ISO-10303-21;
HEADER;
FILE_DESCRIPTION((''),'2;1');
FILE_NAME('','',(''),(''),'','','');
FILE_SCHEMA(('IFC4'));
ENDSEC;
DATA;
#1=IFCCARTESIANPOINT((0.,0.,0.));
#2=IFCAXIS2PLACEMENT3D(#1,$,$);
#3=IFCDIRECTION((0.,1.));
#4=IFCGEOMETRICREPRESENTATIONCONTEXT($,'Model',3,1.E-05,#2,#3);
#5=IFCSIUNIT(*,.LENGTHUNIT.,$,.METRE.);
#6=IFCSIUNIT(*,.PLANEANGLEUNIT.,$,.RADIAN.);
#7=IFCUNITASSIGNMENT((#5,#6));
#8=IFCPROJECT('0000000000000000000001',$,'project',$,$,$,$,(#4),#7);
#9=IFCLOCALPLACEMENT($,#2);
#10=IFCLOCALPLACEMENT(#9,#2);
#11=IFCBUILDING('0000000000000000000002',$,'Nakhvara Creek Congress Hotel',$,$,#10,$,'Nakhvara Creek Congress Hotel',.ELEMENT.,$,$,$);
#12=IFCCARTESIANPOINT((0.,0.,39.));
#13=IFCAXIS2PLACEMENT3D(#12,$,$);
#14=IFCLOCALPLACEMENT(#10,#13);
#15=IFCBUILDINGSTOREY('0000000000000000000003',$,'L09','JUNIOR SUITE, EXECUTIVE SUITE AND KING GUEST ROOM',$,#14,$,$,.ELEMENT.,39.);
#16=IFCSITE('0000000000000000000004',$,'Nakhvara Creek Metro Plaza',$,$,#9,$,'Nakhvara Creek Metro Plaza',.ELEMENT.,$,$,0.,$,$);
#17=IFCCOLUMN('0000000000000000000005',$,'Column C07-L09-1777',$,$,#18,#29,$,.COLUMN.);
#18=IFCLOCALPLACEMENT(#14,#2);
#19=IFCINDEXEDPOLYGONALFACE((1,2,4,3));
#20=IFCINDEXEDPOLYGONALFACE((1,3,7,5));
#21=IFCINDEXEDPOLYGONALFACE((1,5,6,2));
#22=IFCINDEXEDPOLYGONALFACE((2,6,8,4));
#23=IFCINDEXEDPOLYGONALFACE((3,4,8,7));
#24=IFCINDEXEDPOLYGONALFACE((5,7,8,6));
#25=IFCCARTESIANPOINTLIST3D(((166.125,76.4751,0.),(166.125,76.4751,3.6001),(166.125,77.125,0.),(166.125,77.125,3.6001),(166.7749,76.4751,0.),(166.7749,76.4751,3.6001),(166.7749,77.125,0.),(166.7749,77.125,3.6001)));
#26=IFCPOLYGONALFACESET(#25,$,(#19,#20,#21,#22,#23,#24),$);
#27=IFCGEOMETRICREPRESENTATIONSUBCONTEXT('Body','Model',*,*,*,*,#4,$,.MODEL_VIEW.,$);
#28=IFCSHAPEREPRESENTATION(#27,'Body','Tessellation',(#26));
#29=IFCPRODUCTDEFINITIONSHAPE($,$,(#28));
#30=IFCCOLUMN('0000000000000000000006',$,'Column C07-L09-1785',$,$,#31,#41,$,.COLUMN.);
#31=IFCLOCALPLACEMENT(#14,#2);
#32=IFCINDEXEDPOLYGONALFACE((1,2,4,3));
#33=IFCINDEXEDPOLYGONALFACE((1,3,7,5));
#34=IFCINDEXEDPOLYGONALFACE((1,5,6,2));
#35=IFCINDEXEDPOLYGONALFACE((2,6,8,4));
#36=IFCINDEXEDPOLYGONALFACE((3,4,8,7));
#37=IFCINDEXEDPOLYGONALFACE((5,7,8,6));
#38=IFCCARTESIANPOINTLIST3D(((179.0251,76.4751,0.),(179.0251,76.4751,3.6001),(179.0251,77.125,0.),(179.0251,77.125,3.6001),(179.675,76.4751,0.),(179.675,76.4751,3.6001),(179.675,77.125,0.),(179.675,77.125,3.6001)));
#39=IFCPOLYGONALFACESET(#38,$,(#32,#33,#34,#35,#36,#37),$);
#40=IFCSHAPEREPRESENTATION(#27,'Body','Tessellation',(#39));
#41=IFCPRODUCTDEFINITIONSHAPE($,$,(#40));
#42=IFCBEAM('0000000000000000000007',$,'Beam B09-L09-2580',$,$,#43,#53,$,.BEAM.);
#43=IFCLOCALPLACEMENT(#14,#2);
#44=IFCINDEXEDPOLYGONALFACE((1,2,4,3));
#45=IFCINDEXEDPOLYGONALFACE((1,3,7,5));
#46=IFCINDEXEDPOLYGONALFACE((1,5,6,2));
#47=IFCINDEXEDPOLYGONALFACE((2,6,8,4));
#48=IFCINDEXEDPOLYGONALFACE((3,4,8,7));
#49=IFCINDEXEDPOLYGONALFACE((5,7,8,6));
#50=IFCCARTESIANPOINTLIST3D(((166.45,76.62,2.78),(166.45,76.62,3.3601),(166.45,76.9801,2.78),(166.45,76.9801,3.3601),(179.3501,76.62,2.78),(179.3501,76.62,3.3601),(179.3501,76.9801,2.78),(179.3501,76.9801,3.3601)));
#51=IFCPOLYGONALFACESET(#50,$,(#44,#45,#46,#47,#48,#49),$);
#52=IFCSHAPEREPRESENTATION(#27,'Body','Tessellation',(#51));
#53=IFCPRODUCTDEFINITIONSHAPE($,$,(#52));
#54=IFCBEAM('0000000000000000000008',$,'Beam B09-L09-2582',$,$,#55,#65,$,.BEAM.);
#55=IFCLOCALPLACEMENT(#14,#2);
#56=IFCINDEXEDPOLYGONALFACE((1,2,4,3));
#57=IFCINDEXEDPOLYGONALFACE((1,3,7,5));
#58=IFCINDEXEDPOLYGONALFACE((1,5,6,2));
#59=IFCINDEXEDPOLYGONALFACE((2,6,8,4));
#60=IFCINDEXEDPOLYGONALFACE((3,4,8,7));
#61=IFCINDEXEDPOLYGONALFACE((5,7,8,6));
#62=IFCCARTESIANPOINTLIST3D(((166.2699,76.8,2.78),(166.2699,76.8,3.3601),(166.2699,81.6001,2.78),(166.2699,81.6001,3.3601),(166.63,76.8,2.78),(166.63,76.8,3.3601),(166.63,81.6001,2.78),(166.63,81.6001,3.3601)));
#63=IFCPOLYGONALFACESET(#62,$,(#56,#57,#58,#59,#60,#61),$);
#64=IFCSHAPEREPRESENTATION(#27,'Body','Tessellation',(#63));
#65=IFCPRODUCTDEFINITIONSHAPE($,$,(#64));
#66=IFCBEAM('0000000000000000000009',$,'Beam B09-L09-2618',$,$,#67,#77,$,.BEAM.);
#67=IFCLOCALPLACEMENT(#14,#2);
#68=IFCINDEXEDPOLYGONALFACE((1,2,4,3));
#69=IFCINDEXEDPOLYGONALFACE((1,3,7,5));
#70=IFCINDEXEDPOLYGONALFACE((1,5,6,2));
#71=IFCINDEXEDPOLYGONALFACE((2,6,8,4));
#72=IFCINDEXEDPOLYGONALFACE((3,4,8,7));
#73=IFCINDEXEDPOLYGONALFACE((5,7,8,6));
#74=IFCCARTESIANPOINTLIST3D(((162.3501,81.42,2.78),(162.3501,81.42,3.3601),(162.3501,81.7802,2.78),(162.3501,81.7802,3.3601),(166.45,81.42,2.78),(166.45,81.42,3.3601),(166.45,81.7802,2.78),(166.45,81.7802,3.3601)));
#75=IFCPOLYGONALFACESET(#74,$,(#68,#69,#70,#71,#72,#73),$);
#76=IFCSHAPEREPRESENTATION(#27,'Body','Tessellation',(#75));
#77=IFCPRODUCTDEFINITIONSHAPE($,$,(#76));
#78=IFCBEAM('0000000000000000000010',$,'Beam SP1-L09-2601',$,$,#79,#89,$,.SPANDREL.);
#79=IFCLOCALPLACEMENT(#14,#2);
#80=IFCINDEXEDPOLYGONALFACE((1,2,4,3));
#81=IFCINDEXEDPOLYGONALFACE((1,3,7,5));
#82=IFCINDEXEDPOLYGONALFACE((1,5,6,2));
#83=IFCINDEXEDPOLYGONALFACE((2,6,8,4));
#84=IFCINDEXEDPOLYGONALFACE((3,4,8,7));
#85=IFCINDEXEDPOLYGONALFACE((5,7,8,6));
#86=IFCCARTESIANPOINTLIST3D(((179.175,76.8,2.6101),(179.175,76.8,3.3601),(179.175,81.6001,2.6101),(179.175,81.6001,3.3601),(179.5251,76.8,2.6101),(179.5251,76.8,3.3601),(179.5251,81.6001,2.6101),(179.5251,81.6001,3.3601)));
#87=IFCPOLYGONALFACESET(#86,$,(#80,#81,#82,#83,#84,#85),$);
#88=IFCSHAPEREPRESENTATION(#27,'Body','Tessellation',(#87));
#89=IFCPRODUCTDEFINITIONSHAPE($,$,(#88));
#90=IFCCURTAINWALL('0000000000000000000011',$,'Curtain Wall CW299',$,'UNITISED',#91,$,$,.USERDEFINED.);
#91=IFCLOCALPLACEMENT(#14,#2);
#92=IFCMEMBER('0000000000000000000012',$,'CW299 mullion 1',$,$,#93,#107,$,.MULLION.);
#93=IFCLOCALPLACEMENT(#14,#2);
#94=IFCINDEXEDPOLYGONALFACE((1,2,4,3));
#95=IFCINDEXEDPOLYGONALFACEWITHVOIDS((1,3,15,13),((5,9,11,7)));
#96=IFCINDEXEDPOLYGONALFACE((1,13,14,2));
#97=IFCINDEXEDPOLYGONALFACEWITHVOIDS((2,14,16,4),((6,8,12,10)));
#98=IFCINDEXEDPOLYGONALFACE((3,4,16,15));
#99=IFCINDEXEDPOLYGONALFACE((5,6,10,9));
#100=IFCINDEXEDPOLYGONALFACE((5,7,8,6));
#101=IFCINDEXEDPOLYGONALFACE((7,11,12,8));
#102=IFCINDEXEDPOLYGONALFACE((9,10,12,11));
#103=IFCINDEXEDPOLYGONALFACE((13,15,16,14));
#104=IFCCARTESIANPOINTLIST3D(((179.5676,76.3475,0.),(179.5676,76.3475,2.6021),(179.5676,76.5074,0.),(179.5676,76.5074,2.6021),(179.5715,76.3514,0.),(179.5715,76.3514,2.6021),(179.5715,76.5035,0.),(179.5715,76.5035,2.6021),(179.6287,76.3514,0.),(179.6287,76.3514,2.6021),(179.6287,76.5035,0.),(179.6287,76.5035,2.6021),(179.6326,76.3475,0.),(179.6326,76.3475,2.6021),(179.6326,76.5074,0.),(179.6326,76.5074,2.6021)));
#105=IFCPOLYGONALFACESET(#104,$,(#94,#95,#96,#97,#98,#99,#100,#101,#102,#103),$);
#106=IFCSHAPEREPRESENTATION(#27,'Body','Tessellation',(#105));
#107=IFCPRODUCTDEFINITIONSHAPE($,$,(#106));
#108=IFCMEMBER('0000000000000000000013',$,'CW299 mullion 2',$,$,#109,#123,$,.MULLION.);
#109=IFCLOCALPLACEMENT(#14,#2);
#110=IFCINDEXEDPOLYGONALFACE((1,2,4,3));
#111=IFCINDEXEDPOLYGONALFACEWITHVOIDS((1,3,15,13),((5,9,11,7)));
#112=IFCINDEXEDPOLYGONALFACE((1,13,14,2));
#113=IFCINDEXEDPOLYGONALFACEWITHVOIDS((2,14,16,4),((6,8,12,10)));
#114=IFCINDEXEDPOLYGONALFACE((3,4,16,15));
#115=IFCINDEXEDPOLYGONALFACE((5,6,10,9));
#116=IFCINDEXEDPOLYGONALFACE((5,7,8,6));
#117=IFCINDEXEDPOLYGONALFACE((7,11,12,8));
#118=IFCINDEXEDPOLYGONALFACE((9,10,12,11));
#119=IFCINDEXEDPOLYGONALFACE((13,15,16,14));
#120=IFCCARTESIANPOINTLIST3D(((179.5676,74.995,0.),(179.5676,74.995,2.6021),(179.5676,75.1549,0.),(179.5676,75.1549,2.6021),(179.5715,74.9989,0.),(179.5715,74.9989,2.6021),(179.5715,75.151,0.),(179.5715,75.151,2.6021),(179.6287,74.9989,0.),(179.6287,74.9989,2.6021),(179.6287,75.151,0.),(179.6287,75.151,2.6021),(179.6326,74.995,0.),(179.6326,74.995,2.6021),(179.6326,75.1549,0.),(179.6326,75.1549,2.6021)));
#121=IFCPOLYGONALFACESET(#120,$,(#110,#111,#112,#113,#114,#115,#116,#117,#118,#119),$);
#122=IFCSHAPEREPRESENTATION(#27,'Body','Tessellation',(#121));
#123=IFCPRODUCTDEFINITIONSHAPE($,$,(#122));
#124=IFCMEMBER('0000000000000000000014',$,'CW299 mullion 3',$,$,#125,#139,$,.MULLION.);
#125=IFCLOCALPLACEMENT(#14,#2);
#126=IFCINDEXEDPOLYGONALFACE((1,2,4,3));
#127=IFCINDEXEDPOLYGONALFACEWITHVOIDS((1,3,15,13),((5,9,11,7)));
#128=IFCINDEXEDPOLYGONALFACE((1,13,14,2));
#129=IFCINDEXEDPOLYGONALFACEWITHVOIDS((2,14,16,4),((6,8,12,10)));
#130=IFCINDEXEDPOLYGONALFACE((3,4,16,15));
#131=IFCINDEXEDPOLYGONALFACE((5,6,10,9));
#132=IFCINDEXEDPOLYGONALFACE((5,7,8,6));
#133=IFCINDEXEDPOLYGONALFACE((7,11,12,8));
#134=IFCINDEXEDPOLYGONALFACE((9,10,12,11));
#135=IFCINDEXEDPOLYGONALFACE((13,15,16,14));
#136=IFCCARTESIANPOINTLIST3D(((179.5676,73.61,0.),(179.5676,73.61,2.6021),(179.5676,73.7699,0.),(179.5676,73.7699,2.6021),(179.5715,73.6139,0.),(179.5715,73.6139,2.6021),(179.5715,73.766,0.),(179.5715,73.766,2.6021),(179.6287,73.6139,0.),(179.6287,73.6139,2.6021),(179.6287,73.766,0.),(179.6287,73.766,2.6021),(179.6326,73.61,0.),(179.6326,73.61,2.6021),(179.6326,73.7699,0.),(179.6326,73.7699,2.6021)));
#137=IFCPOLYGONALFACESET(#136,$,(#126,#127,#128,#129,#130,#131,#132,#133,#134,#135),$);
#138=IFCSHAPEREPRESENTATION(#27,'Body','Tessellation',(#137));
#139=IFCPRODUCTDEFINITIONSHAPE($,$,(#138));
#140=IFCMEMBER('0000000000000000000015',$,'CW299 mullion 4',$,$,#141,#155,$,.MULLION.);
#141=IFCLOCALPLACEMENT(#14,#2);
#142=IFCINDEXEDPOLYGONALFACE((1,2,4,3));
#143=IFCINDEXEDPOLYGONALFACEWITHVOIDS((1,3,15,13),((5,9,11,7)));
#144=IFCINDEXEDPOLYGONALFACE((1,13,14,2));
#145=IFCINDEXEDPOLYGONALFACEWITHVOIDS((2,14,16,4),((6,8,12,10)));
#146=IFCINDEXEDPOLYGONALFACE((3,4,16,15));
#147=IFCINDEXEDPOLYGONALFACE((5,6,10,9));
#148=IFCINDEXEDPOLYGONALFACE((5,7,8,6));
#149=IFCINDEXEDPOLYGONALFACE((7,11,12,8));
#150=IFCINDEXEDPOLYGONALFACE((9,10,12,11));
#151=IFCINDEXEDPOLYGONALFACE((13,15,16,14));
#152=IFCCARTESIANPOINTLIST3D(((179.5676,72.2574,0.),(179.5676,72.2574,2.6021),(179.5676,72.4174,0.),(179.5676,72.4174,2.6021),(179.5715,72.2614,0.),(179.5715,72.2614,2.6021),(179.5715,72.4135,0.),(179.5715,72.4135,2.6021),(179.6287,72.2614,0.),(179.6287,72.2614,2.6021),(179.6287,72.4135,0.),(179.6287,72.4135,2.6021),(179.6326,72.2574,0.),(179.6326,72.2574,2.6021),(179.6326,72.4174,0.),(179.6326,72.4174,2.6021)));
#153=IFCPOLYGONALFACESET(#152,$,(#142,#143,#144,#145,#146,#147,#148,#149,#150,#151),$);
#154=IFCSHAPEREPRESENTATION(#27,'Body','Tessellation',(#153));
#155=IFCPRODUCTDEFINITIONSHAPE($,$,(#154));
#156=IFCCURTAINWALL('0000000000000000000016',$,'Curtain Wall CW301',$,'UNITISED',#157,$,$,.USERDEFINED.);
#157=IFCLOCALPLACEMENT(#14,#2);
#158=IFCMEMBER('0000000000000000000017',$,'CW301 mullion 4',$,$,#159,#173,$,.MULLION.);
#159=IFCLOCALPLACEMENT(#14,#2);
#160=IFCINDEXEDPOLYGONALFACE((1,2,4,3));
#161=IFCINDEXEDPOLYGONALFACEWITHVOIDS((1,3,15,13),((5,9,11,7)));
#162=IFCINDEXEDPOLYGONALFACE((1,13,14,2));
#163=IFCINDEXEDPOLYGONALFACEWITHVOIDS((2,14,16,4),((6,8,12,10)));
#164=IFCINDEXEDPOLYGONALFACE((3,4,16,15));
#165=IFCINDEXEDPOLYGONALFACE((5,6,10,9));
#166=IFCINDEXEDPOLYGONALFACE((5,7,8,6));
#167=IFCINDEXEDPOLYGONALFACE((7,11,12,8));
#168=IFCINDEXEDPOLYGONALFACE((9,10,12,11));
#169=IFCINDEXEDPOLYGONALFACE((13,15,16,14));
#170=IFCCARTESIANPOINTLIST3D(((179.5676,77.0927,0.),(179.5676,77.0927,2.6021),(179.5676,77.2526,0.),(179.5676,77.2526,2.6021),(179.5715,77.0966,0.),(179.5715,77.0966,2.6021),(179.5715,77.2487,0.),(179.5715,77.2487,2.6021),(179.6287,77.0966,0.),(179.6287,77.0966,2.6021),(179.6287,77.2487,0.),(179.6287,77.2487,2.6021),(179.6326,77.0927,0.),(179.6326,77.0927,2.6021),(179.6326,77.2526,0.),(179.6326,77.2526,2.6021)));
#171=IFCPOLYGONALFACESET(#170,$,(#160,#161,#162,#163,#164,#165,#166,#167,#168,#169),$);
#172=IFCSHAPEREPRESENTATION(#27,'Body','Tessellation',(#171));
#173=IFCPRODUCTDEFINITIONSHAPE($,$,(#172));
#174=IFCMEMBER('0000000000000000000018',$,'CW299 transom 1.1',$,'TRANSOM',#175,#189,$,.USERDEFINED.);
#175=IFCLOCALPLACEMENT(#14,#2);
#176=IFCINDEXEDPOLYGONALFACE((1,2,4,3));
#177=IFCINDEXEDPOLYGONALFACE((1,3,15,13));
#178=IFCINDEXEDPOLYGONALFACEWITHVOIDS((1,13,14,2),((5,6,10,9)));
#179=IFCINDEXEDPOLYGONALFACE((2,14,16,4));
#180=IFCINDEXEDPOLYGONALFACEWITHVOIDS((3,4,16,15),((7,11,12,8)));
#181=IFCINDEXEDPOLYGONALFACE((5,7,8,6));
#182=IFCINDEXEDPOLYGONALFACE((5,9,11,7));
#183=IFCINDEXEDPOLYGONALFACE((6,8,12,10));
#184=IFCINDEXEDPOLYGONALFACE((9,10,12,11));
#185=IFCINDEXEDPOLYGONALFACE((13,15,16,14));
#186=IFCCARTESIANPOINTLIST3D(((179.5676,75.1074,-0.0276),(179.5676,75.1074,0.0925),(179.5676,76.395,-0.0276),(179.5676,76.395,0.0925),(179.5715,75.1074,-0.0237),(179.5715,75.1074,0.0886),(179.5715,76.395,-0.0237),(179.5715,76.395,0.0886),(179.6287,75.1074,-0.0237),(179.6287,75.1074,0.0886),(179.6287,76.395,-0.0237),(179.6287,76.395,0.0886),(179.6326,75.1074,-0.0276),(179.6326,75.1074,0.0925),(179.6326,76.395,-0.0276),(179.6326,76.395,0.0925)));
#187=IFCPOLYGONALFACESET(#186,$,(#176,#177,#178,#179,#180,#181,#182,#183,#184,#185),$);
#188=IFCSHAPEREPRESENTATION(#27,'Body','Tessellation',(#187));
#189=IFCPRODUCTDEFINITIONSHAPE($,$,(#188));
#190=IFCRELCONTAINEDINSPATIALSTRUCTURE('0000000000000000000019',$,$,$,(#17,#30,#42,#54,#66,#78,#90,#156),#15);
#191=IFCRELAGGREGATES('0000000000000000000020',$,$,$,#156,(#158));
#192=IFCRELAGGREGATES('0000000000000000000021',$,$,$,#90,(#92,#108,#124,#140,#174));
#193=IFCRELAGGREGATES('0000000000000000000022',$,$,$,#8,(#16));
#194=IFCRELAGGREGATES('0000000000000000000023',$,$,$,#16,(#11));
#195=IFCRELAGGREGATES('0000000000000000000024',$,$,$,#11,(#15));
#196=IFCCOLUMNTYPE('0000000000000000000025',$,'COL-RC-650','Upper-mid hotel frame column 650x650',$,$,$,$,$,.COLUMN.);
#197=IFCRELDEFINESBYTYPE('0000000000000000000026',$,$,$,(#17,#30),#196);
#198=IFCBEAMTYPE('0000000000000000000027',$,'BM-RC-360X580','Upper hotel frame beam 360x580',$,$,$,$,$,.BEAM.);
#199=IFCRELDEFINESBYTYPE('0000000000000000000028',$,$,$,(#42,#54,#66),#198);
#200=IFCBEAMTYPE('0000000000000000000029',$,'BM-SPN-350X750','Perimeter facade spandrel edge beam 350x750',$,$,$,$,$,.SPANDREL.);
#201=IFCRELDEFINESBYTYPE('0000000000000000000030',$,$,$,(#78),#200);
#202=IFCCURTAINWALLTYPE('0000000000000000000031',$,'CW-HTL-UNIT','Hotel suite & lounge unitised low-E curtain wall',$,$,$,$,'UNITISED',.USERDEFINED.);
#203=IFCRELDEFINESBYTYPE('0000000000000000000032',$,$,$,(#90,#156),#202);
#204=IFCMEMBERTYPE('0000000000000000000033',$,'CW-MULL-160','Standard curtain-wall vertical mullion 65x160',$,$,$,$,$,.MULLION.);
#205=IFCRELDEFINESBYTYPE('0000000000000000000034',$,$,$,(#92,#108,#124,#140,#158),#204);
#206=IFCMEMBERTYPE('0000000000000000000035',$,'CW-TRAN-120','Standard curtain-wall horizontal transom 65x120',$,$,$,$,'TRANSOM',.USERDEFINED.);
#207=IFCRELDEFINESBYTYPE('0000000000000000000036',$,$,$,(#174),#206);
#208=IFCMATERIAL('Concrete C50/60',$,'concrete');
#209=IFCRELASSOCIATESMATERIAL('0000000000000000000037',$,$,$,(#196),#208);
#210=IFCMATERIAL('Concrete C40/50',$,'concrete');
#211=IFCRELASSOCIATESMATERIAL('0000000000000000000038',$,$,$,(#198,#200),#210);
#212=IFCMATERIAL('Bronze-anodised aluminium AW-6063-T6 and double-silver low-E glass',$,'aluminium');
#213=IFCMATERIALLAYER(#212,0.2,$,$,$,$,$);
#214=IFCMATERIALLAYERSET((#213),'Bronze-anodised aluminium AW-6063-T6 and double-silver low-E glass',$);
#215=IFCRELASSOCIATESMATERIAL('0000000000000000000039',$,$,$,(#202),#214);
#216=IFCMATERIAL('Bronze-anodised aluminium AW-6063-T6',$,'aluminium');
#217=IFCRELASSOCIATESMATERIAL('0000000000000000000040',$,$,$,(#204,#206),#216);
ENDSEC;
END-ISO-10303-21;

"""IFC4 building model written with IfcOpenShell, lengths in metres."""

from ifc_helpers import new_model, si_unit, direction, frame, origin, origin_2d, place, context, subcontext, project, spatial, rectangle, hollow_rectangle, extrude, material, layer, layer_set, material_profile, profile_set, type_object, element, aggregate, save


model = new_model("IFC4")

# Units and contexts
model_context = context("Model", 3, precision=1e-05, world=origin(), true_north=direction((0.0, 1.0)))
body_context = subcontext(model_context, "Body", "Model", "MODEL_VIEW")
ifc_project = project(units=[si_unit("LENGTHUNIT", "METRE"), si_unit("PLANEANGLEUNIT", "RADIAN")], contexts=[model_context])

# Site, building, storey
site_placement = place(None, origin())
site = spatial("IfcSite", under=ifc_project, at=site_placement, Name="Nakhvara Creek Metro Plaza", LongName="Nakhvara Creek Metro Plaza", CompositionType="ELEMENT", RefElevation=0.0)
building_placement = place(site_placement, origin())
building = spatial("IfcBuilding", under=site, at=building_placement, Name="Nakhvara Creek Congress Hotel", LongName="Nakhvara Creek Congress Hotel", CompositionType="ELEMENT")
storey_placement = place(building_placement, frame((0.0, 0.0, 39.0)))
storey = spatial("IfcBuildingStorey", under=building, at=storey_placement, Name="L09", Description="JUNIOR SUITE, EXECUTIVE SUITE AND KING GUEST ROOM", CompositionType="ELEMENT", Elevation=39.0)

# Columns
ifc_material_1 = material(Name="Concrete C50/60", Category="concrete")
ifc_material_profile_1 = material_profile(ifc_material_1, rectangle(XDim=0.6499, YDim=0.6499, at=origin_2d()), Name="RC-COL 650x650", Category="LoadBearing")
ifc_profile_set_1 = profile_set([ifc_material_profile_1], Name="Concrete C50/60")
column_type = type_object("IfcColumnType", Name="COL-RC-650", Description="Upper-mid hotel frame column 650x650", PredefinedType="COLUMN", material=ifc_profile_set_1)
for number, where, z_axis, x_axis, name in (
    (1, (166.45, 76.8, 0.0), (0.0, 0.0, 1.0), (1.0, 0.0, 0.0), "Column C07-L09-1777"),
    (2, (179.3501, 76.8, 0.0), (0.0, 0.0, 1.0), (1.0, 0.0, 0.0), "Column C07-L09-1785"),
):
    element("IfcColumn", number, at=place(storey_placement, frame(where, z_axis=z_axis, x_axis=x_axis)), inside=storey, type_object=column_type, Name=name, PredefinedType="COLUMN", context=body_context, shape_type="SweptSolid", body=[
        extrude(rectangle(XDim=0.6499, YDim=0.6499, at=origin_2d()), origin(), (0.0, 0.0, 1.0), 3.6001),
    ])

# Beams
ifc_material_2 = material(Name="Concrete C40/50", Category="concrete")
ifc_material_profile_2 = material_profile(ifc_material_2, rectangle(XDim=0.3601, YDim=0.5801, at=origin_2d()), Name="RC-BM 360x580", Category="LoadBearing")
ifc_profile_set_2 = profile_set([ifc_material_profile_2], Name="Concrete C40/50")
beam_type_1 = type_object("IfcBeamType", Name="BM-RC-360X580", Description="Upper hotel frame beam 360x580", PredefinedType="BEAM", material=ifc_profile_set_2)
beam_1_placement = place(storey_placement, frame((166.45, 76.8, 3.0701), z_axis=(1.0, 0.0, 0.0), x_axis=(0.0, 1.0, 0.0)))
element("IfcBeam", 3, at=beam_1_placement, inside=storey, type_object=beam_type_1, Name="Beam B09-L09-2580", PredefinedType="BEAM", context=body_context, shape_type="SweptSolid", body=[
    extrude(rectangle(XDim=0.3601, YDim=0.5801, at=origin_2d()), origin(), (0.0, 0.0, 1.0), 12.9001),
])
beam_2_placement = place(storey_placement, frame((166.45, 76.8, 3.0701), z_axis=(0.0, 1.0, 0.0), x_axis=(-1.0, 0.0, 0.0)))
element("IfcBeam", 4, at=beam_2_placement, inside=storey, type_object=beam_type_1, Name="Beam B09-L09-2582", PredefinedType="BEAM", context=body_context, shape_type="SweptSolid", body=[
    extrude(rectangle(XDim=0.3601, YDim=0.5801, at=origin_2d()), origin(), (0.0, 0.0, 1.0), 4.8),
])
beam_3_placement = place(storey_placement, frame((162.3501, 81.6001, 3.0701), z_axis=(1.0, 0.0, 0.0), x_axis=(0.0, 1.0, 0.0)))
element("IfcBeam", 5, at=beam_3_placement, inside=storey, type_object=beam_type_1, Name="Beam B09-L09-2618", PredefinedType="BEAM", context=body_context, shape_type="SweptSolid", body=[
    extrude(rectangle(XDim=0.3601, YDim=0.5801, at=origin_2d()), origin(), (0.0, 0.0, 1.0), 4.0999),
])
ifc_material_profile_3 = material_profile(ifc_material_2, rectangle(XDim=0.3501, YDim=0.75, at=origin_2d()), Name="RC-SPANDREL 350x750", Category="LoadBearing")
ifc_profile_set_3 = profile_set([ifc_material_profile_3], Name="Concrete C40/50")
beam_type_2 = type_object("IfcBeamType", Name="BM-SPN-350X750", Description="Perimeter facade spandrel edge beam 350x750", PredefinedType="SPANDREL", material=ifc_profile_set_3)
beam_4_placement = place(storey_placement, frame((179.3501, 76.8, 2.9851), z_axis=(0.0, 1.0, 0.0), x_axis=(-1.0, 0.0, 0.0)))
element("IfcBeam", 6, at=beam_4_placement, inside=storey, type_object=beam_type_2, Name="Beam SP1-L09-2601", PredefinedType="SPANDREL", context=body_context, shape_type="SweptSolid", body=[
    extrude(rectangle(XDim=0.3501, YDim=0.75, at=origin_2d()), origin(), (0.0, 0.0, 1.0), 4.8),
])

# Curtain wall, members
ifc_material_3 = material(Name="Bronze-anodised aluminium AW-6063-T6 and double-silver low-E glass", Category="aluminium")
ifc_layer_1 = layer(ifc_material_3, 0.2)
ifc_layer_set_1 = layer_set([ifc_layer_1], Name="Bronze-anodised aluminium AW-6063-T6 and double-silver low-E glass")
curtain_wall_type = type_object("IfcCurtainWallType", Name="CW-HTL-UNIT", Description="Hotel suite & lounge unitised low-E curtain wall", ElementType="UNITISED", PredefinedType="USERDEFINED", material=ifc_layer_set_1)
curtain_wall_1_placement = place(storey_placement, origin())
curtain_wall_1 = element("IfcCurtainWall", 7, at=curtain_wall_1_placement, inside=storey, type_object=curtain_wall_type, Name="Curtain Wall CW299", ObjectType="UNITISED", PredefinedType="USERDEFINED")
ifc_material_4 = material(Name="Bronze-anodised aluminium AW-6063-T6", Category="aluminium")
ifc_material_profile_4 = material_profile(ifc_material_4, hollow_rectangle(XDim=0.0649, YDim=0.1599, WallThickness=0.0039, at=origin_2d()), Name="ALU-MULL 65x160x4", Category="LoadBearing")
ifc_profile_set_4 = profile_set([ifc_material_profile_4], Name="Bronze-anodised aluminium AW-6063-T6")
member_type_1 = type_object("IfcMemberType", Name="CW-MULL-160", Description="Standard curtain-wall vertical mullion 65x160", PredefinedType="MULLION", material=ifc_profile_set_4)
member_1_placement = place(storey_placement, frame((179.6001, 76.4275, 0.0), z_axis=(0.0, 0.0, 1.0), x_axis=(1.0, 0.0, 0.0)))
member_1 = element("IfcMember", 8, at=member_1_placement, type_object=member_type_1, Name="CW299 mullion 1", PredefinedType="MULLION", context=body_context, shape_type="SweptSolid", body=[
    extrude(hollow_rectangle(XDim=0.0649, YDim=0.1599, WallThickness=0.0039, at=origin_2d()), origin(), (0.0, 0.0, 1.0), 2.6021),
])
member_2_placement = place(storey_placement, frame((179.6001, 75.075, 0.0), z_axis=(0.0, 0.0, 1.0), x_axis=(1.0, 0.0, 0.0)))
member_2 = element("IfcMember", 9, at=member_2_placement, type_object=member_type_1, Name="CW299 mullion 2", PredefinedType="MULLION", context=body_context, shape_type="SweptSolid", body=[
    extrude(hollow_rectangle(XDim=0.0649, YDim=0.1599, WallThickness=0.0039, at=origin_2d()), origin(), (0.0, 0.0, 1.0), 2.6021),
])
member_3_placement = place(storey_placement, frame((179.6001, 73.6899, 0.0), z_axis=(0.0, 0.0, 1.0), x_axis=(1.0, 0.0, 0.0)))
member_3 = element("IfcMember", 10, at=member_3_placement, type_object=member_type_1, Name="CW299 mullion 3", PredefinedType="MULLION", context=body_context, shape_type="SweptSolid", body=[
    extrude(hollow_rectangle(XDim=0.0649, YDim=0.1599, WallThickness=0.0039, at=origin_2d()), origin(), (0.0, 0.0, 1.0), 2.6021),
])
member_4_placement = place(storey_placement, frame((179.6001, 72.3374, 0.0), z_axis=(0.0, 0.0, 1.0), x_axis=(1.0, 0.0, 0.0)))
member_4 = element("IfcMember", 11, at=member_4_placement, type_object=member_type_1, Name="CW299 mullion 4", PredefinedType="MULLION", context=body_context, shape_type="SweptSolid", body=[
    extrude(hollow_rectangle(XDim=0.0649, YDim=0.1599, WallThickness=0.0039, at=origin_2d()), origin(), (0.0, 0.0, 1.0), 2.6021),
])

# Curtain wall, member
curtain_wall_2_placement = place(storey_placement, origin())
curtain_wall_2 = element("IfcCurtainWall", 12, at=curtain_wall_2_placement, inside=storey, type_object=curtain_wall_type, Name="Curtain Wall CW301", ObjectType="UNITISED", PredefinedType="USERDEFINED")
member_5_placement = place(storey_placement, frame((179.6001, 77.1726, 0.0), z_axis=(0.0, 0.0, 1.0), x_axis=(1.0, 0.0, 0.0)))
member_5 = element("IfcMember", 13, at=member_5_placement, type_object=member_type_1, Name="CW301 mullion 4", PredefinedType="MULLION", context=body_context, shape_type="SweptSolid", body=[
    extrude(hollow_rectangle(XDim=0.0649, YDim=0.1599, WallThickness=0.0039, at=origin_2d()), origin(), (0.0, 0.0, 1.0), 2.6021),
])

# Member
ifc_material_profile_5 = material_profile(ifc_material_4, hollow_rectangle(XDim=0.0649, YDim=0.1201, WallThickness=0.0039, at=origin_2d()), Name="ALU-TRAN 65x120x4", Category="LoadBearing")
ifc_profile_set_5 = profile_set([ifc_material_profile_5], Name="Bronze-anodised aluminium AW-6063-T6")
member_type_2 = type_object("IfcMemberType", Name="CW-TRAN-120", Description="Standard curtain-wall horizontal transom 65x120", ElementType="TRANSOM", PredefinedType="USERDEFINED", material=ifc_profile_set_5)
member_6_placement = place(storey_placement, frame((179.6001, 76.395, 0.0325), z_axis=(0.0, -1.0, 0.0), x_axis=(1.0, 0.0, 0.0)))
member_6 = element("IfcMember", 14, at=member_6_placement, type_object=member_type_2, Name="CW299 transom 1.1", ObjectType="TRANSOM", PredefinedType="USERDEFINED", context=body_context, shape_type="SweptSolid", body=[
    extrude(hollow_rectangle(XDim=0.0649, YDim=0.1201, WallThickness=0.0039, at=origin_2d()), origin(), (0.0, 0.0, 1.0), 1.2876),
])

aggregate(curtain_wall_2, [member_5])
aggregate(curtain_wall_1, [member_1, member_2, member_3, member_4, member_6])

save(model, "model.ifc")
